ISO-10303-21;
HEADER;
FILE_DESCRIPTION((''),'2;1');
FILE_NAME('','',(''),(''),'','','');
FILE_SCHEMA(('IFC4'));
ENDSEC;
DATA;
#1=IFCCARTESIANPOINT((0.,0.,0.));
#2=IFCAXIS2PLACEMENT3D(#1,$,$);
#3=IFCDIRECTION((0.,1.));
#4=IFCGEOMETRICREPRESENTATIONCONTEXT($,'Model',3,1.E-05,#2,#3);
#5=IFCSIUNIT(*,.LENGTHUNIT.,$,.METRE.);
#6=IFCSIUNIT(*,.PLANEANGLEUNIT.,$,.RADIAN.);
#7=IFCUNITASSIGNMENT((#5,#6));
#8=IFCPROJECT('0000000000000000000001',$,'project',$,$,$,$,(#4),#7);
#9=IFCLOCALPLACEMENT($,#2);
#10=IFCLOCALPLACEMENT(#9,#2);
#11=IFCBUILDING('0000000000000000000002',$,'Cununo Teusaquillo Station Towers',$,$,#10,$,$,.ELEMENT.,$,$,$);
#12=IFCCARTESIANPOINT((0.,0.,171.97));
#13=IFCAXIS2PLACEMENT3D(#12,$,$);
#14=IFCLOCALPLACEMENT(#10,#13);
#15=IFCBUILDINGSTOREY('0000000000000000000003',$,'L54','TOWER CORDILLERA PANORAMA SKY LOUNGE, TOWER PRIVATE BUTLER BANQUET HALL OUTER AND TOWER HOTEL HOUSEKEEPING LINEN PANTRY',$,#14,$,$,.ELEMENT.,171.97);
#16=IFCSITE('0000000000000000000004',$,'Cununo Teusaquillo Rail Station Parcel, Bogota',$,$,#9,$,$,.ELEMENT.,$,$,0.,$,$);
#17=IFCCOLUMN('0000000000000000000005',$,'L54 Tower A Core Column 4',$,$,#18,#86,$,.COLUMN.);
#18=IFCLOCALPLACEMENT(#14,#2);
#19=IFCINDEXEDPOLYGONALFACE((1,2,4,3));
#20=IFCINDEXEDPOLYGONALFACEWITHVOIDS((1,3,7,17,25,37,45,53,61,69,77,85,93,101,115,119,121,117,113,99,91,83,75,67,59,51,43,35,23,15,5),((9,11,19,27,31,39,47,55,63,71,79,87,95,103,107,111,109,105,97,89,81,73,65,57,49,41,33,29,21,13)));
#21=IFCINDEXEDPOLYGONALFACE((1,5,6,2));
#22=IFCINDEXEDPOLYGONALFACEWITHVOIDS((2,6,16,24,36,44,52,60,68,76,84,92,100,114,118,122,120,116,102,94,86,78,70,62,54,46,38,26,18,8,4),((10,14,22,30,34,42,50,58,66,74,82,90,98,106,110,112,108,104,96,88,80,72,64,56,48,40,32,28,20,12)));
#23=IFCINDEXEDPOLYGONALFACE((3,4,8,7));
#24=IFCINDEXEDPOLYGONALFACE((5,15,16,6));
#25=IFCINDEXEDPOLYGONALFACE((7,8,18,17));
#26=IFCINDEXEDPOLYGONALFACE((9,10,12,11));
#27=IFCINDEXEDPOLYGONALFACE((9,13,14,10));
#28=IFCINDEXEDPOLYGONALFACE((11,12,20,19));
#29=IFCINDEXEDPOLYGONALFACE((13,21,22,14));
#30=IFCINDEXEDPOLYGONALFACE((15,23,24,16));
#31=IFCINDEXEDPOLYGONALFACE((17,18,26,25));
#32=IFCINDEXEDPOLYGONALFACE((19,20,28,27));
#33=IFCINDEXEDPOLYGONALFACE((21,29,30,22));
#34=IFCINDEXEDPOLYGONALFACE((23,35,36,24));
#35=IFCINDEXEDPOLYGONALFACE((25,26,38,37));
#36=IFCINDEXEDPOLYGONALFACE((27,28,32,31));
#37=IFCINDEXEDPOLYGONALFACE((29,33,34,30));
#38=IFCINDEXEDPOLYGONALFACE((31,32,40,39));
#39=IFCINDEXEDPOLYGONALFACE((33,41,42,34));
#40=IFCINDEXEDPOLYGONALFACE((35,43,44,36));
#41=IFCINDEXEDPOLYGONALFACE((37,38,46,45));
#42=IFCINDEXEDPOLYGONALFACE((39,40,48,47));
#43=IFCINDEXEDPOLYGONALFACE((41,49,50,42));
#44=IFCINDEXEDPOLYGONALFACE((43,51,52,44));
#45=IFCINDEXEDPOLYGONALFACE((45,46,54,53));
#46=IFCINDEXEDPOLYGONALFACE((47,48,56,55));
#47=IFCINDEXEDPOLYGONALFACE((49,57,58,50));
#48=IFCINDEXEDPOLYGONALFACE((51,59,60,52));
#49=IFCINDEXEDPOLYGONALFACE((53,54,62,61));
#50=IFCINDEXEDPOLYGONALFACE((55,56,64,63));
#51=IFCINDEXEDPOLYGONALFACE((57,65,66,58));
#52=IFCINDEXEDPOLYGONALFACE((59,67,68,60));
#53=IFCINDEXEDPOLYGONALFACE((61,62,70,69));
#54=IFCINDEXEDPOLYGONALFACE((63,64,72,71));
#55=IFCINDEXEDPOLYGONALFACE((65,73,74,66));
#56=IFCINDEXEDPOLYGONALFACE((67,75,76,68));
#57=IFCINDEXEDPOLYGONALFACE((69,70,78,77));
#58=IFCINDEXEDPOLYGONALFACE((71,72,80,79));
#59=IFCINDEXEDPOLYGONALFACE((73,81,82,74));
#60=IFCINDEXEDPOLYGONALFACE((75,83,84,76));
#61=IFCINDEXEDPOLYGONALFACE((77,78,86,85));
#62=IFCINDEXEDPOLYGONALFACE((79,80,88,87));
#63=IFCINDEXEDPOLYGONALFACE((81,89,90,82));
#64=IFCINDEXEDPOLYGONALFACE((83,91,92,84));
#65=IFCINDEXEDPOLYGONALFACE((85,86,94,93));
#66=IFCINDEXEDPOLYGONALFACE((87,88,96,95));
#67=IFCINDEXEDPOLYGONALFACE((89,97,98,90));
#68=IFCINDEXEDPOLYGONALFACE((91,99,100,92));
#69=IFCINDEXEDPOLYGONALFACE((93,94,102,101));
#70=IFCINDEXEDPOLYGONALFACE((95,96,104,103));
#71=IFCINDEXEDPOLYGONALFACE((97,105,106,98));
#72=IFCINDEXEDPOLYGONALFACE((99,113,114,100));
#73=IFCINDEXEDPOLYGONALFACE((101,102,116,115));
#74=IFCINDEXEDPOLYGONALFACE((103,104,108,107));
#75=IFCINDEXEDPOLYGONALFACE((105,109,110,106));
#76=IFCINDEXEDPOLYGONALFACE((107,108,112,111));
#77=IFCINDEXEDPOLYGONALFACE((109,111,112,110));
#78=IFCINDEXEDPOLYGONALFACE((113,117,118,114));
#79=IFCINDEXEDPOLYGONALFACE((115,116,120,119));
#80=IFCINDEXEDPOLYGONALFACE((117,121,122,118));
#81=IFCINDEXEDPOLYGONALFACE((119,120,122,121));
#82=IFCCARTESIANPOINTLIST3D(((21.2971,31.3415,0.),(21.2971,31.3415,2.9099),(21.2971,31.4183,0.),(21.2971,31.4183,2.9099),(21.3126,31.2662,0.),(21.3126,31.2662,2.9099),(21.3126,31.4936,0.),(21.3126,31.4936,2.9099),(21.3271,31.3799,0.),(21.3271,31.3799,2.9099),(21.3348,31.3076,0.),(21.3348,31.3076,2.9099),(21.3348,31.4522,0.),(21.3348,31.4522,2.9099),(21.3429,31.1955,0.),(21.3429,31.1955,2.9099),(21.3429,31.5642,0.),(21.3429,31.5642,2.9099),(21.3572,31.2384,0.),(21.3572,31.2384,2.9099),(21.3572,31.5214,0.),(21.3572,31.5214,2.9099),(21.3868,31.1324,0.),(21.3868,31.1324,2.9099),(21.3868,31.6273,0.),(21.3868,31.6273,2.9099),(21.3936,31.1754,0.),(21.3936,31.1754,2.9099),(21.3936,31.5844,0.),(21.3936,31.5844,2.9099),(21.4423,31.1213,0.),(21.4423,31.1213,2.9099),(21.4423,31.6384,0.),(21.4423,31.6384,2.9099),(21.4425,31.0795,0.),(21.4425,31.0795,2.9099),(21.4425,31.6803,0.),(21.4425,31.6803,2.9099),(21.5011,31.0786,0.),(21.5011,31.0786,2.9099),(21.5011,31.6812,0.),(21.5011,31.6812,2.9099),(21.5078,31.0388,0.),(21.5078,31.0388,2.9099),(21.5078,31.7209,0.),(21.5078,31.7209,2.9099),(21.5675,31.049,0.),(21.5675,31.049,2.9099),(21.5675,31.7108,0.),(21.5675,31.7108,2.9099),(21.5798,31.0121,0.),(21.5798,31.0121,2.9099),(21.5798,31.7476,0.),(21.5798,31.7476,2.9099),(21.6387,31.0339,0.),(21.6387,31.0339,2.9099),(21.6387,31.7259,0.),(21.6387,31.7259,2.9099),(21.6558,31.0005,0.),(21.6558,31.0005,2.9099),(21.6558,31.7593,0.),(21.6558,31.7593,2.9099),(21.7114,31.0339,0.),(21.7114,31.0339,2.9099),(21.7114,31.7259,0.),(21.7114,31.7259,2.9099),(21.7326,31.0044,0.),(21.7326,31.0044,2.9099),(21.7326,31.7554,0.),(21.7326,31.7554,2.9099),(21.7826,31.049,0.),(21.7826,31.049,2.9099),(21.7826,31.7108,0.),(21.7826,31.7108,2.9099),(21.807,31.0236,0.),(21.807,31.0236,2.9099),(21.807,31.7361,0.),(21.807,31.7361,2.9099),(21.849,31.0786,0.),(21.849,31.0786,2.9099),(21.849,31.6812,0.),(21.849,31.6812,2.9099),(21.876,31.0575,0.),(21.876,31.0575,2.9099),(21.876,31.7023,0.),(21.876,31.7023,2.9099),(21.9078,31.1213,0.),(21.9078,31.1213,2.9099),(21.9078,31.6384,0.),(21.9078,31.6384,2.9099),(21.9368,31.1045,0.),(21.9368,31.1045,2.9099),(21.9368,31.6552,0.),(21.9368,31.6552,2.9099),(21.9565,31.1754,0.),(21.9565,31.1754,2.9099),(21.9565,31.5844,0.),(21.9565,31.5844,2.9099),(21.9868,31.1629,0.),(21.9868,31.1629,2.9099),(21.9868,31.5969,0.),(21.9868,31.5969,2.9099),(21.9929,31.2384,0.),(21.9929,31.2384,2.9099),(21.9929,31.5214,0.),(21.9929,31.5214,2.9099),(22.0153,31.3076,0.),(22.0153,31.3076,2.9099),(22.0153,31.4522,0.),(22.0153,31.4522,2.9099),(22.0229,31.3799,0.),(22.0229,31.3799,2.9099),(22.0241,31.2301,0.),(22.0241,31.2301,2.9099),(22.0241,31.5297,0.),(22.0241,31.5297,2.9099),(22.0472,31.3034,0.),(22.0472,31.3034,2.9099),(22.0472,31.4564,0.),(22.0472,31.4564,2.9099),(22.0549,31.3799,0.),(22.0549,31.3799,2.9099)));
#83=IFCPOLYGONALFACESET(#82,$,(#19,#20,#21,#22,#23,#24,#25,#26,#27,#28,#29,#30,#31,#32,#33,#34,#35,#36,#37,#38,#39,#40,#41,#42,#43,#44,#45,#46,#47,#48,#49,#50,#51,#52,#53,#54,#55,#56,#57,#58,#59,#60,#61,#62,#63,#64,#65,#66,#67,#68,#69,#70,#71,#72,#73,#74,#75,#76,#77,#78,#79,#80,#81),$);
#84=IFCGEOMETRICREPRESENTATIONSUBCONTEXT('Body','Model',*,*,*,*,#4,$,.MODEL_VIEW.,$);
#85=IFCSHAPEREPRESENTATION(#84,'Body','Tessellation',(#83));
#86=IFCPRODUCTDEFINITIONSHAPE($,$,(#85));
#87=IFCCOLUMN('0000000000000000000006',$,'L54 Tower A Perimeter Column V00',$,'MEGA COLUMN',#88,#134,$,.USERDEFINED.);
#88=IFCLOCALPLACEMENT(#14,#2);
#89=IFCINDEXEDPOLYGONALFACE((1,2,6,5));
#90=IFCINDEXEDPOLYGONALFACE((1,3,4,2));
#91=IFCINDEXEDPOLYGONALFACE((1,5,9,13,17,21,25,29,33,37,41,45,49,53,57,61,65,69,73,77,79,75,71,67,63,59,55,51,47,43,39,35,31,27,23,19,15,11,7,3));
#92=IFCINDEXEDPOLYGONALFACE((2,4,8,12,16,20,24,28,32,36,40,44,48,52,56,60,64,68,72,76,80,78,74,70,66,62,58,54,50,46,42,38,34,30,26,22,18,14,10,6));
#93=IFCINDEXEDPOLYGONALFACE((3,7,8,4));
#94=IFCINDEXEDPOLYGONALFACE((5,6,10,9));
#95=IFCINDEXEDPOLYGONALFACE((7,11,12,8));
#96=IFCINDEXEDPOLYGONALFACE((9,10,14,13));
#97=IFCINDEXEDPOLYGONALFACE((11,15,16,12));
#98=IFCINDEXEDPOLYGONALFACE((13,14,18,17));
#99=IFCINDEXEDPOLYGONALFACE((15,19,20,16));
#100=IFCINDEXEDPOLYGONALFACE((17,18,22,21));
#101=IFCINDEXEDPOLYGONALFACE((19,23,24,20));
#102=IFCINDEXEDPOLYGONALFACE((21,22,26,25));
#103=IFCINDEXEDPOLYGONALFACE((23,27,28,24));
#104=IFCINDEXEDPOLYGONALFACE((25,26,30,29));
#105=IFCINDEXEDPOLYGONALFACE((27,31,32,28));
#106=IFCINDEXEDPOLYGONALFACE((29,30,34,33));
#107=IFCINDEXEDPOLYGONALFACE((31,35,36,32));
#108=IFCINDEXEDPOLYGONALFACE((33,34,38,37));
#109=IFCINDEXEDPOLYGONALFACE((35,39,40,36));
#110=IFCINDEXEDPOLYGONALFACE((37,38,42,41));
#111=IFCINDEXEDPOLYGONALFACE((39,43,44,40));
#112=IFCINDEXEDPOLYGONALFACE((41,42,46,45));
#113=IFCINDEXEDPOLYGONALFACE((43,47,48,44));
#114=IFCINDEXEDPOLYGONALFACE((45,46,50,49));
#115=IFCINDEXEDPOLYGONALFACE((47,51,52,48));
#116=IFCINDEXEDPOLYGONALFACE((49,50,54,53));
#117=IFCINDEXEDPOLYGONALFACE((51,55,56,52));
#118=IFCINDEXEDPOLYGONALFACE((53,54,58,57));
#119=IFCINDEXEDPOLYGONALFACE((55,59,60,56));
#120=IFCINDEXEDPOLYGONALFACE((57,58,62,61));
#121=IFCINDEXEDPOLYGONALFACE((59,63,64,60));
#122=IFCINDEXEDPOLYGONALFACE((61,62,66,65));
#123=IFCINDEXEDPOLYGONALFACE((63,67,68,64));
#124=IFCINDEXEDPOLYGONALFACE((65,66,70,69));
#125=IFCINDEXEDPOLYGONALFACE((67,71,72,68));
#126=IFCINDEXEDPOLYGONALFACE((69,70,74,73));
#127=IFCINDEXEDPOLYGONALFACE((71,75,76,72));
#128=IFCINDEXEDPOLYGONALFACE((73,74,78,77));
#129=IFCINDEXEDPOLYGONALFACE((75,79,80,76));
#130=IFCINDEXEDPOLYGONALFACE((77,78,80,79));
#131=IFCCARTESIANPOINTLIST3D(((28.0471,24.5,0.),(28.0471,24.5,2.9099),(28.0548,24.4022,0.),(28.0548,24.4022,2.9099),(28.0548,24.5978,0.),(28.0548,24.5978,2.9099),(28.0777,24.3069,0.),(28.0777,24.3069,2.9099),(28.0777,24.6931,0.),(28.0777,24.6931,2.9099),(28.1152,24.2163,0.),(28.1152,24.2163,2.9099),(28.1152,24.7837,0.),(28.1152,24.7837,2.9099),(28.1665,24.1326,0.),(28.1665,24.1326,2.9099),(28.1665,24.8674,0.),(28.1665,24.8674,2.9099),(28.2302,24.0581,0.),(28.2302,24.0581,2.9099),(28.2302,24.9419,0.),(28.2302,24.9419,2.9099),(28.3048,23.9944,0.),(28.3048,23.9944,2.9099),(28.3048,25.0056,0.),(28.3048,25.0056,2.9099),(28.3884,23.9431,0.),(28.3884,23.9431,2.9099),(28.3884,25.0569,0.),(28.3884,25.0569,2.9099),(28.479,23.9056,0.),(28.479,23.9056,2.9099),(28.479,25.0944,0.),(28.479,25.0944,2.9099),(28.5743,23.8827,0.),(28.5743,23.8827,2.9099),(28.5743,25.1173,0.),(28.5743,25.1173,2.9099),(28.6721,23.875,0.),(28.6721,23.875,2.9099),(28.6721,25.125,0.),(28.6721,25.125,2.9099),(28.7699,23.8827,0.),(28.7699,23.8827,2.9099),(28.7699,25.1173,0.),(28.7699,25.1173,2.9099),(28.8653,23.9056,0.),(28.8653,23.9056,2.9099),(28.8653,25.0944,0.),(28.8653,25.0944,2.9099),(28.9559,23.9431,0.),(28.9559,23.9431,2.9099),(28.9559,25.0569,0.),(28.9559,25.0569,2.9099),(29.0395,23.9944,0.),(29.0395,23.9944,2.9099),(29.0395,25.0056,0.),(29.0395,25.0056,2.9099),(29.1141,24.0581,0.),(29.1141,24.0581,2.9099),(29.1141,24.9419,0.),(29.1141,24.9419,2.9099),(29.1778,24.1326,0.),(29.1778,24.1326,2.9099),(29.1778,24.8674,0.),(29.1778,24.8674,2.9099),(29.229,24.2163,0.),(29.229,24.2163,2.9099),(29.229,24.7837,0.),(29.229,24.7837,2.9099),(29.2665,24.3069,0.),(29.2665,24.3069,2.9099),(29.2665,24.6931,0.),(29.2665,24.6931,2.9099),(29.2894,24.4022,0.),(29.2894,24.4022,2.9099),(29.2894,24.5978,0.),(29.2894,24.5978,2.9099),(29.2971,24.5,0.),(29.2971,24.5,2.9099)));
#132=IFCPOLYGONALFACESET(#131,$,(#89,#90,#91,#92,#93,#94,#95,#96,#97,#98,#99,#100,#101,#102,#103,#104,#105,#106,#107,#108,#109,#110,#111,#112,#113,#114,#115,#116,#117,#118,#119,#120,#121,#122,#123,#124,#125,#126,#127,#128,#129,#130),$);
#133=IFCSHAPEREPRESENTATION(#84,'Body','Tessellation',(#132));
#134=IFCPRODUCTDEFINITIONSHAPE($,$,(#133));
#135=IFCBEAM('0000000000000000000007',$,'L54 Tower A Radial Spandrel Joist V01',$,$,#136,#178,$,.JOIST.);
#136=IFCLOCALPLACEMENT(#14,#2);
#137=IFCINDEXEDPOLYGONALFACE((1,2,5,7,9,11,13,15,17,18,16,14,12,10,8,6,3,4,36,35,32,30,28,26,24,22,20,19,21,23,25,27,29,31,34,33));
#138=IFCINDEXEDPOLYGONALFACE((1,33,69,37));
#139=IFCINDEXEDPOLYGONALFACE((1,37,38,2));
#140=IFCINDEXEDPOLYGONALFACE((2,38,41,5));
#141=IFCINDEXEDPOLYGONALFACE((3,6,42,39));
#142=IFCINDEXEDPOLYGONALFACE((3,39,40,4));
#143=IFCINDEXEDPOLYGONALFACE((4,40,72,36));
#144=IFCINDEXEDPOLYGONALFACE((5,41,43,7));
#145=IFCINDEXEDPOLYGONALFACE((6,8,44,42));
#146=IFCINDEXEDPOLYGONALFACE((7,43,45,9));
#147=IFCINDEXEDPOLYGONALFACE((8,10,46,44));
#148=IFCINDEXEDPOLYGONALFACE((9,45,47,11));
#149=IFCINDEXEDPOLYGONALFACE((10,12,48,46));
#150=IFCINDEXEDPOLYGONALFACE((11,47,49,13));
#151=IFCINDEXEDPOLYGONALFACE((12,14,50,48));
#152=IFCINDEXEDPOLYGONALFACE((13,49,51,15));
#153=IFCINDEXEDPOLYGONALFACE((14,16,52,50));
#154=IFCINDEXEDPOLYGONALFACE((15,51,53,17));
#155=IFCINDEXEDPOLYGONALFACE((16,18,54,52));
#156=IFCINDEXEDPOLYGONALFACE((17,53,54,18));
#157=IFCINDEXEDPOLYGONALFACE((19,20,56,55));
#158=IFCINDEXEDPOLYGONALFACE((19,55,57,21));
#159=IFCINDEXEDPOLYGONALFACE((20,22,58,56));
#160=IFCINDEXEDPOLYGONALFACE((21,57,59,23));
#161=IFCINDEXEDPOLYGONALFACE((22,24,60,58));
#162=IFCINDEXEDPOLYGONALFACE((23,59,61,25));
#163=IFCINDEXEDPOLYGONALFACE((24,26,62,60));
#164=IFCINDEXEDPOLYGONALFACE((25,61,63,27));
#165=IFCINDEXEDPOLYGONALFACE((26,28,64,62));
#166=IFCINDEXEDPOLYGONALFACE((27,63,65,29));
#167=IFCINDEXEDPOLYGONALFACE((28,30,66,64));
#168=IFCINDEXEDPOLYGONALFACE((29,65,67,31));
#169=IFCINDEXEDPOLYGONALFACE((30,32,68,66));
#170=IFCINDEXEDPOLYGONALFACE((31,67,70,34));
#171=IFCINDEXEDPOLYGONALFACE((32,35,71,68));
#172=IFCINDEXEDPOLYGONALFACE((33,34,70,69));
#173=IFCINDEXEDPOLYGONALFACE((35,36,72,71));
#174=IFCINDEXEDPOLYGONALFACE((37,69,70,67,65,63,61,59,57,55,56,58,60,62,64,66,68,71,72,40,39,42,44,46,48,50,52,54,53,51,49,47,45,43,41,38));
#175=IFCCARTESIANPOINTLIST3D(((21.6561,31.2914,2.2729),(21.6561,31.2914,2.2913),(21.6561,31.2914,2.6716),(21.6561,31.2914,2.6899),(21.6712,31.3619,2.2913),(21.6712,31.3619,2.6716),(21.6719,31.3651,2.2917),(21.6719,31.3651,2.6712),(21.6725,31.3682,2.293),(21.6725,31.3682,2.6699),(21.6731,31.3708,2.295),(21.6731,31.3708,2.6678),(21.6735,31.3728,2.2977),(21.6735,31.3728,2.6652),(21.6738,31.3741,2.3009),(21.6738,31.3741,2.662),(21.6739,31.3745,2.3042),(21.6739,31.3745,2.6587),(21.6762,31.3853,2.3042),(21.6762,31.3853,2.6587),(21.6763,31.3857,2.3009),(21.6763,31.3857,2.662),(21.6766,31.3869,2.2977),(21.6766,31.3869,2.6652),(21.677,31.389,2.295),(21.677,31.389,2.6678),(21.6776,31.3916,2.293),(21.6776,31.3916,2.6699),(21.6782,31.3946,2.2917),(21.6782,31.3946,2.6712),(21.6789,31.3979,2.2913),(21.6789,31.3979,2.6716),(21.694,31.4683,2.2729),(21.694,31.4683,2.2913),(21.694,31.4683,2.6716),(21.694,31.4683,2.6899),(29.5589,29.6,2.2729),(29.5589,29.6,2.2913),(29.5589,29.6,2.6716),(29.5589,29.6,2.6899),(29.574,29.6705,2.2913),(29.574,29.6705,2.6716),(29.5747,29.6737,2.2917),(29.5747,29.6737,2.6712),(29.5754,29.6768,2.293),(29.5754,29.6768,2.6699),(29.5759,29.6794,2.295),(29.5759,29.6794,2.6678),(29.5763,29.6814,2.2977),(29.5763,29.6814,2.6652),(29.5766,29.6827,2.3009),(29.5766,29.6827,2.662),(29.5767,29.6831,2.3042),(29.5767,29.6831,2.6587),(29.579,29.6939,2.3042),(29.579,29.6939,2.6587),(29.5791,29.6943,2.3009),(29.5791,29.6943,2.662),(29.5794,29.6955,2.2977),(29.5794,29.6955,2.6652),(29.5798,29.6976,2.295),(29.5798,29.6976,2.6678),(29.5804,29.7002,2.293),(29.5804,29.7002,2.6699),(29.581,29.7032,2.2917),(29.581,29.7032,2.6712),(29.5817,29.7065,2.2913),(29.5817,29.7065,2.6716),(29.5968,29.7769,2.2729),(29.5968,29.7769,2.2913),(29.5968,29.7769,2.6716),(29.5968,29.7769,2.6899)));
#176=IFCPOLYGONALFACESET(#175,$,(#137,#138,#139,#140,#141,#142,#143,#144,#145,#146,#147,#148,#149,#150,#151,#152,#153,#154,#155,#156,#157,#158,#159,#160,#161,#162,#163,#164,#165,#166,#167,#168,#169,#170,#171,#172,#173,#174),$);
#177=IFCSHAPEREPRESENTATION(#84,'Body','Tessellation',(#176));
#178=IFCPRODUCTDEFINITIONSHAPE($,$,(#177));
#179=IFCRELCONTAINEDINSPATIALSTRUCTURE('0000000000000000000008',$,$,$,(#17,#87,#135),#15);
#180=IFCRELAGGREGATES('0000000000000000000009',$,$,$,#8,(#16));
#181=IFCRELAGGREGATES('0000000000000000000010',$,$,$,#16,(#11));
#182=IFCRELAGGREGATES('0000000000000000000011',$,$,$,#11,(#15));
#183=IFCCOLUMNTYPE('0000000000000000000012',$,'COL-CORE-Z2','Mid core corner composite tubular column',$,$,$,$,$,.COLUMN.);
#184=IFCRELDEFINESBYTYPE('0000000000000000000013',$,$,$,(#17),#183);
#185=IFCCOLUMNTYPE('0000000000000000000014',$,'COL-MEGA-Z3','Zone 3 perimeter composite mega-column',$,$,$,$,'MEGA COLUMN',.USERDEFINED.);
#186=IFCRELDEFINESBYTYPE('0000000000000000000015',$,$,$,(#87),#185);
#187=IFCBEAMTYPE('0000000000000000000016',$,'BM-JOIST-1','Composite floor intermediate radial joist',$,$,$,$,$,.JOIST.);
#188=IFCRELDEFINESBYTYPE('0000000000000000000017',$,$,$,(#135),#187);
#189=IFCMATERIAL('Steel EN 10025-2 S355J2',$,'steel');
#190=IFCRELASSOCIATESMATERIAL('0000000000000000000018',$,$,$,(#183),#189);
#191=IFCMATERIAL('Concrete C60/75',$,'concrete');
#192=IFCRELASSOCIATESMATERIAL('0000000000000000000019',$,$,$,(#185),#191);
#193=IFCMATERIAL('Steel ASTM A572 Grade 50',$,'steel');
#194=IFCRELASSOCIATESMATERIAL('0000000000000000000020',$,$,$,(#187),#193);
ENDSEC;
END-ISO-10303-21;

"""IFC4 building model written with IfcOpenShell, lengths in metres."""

from ifc_helpers import new_model, si_unit, direction, frame, origin, origin_2d, place, context, subcontext, project, spatial, circle, hollow_circle, i_section, extrude, material, material_profile, profile_set, type_object, element, save


model = new_model("IFC4")

# Units and contexts
model_context = context("Model", 3, precision=1e-05, world=origin(), true_north=direction((0.0, 1.0)))
body_context = subcontext(model_context, "Body", "Model", "MODEL_VIEW")
ifc_project = project(units=[si_unit("LENGTHUNIT", "METRE"), si_unit("PLANEANGLEUNIT", "RADIAN")], contexts=[model_context])

# Site, building, storey
site_placement = place(None, origin())
site = spatial("IfcSite", under=ifc_project, at=site_placement, Name="Cununo Teusaquillo Rail Station Parcel, Bogota", CompositionType="ELEMENT", RefElevation=0.0)
building_placement = place(site_placement, origin())
building = spatial("IfcBuilding", under=site, at=building_placement, Name="Cununo Teusaquillo Station Towers", CompositionType="ELEMENT")
storey_placement = place(building_placement, frame((0.0, 0.0, 171.97)))
storey = spatial("IfcBuildingStorey", under=building, at=storey_placement, Name="L54", Description="TOWER CORDILLERA PANORAMA SKY LOUNGE, TOWER PRIVATE BUTLER BANQUET HALL OUTER AND TOWER HOTEL HOUSEKEEPING LINEN PANTRY", CompositionType="ELEMENT", Elevation=171.97)

# Columns
ifc_material_1 = material(Name="Steel EN 10025-2 S355J2", Category="steel")
ifc_material_profile_1 = material_profile(ifc_material_1, hollow_circle(Radius=0.3799, WallThickness=0.032, at=origin_2d()), Name="CHS 760x32")
ifc_profile_set_1 = profile_set([ifc_material_profile_1], Name="Steel EN 10025-2 S355J2")
column_type_1 = type_object("IfcColumnType", Name="COL-CORE-Z2", Description="Mid core corner composite tubular column", PredefinedType="COLUMN", material=ifc_profile_set_1)
column_1_placement = place(storey_placement, frame((21.675, 31.3799, 0.0), z_axis=(0.0, 0.0, 1.0), x_axis=(1.0, 0.0, 0.0)))
element("IfcColumn", 1, at=column_1_placement, inside=storey, type_object=column_type_1, Name="L54 Tower A Core Column 4", PredefinedType="COLUMN", context=body_context, shape_type="SweptSolid", body=[
    extrude(hollow_circle(Radius=0.3799, WallThickness=0.032, at=origin_2d()), origin(), (0.0, 0.0, 1.0), 2.9099),
])
ifc_material_2 = material(Name="Concrete C60/75", Category="concrete")
ifc_material_profile_2 = material_profile(ifc_material_2, circle(Radius=0.625, at=origin_2d()), Name="RC-CIRC-1250")
ifc_profile_set_2 = profile_set([ifc_material_profile_2], Name="Concrete C60/75")
column_type_2 = type_object("IfcColumnType", Name="COL-MEGA-Z3", Description="Zone 3 perimeter composite mega-column", ElementType="MEGA COLUMN", PredefinedType="USERDEFINED", material=ifc_profile_set_2)
column_2_placement = place(storey_placement, frame((28.6721, 24.5, 0.0), z_axis=(0.0, 0.0, 1.0), x_axis=(1.0, 0.0, 0.0)))
element("IfcColumn", 2, at=column_2_placement, inside=storey, type_object=column_type_2, Name="L54 Tower A Perimeter Column V00", ObjectType="MEGA COLUMN", PredefinedType="USERDEFINED", context=body_context, shape_type="SweptSolid", body=[
    extrude(circle(Radius=0.625, at=origin_2d()), origin(), (0.0, 0.0, 1.0), 2.9099),
])

# Beam
ifc_material_3 = material(Name="Steel ASTM A572 Grade 50", Category="steel")
ifc_material_profile_3 = material_profile(ifc_material_3, i_section(OverallWidth=0.1809, OverallDepth=0.417, WebThickness=0.011, FlangeThickness=0.0183, FilletRadius=0.0129, at=origin_2d()), Name="W16X57")
ifc_profile_set_3 = profile_set([ifc_material_profile_3], Name="Steel ASTM A572 Grade 50")
beam_type_1 = type_object("IfcBeamType", Name="BM-JOIST-1", Description="Composite floor intermediate radial joist", PredefinedType="JOIST", material=ifc_profile_set_3)
beam_1_placement = place(storey_placement, frame((21.675, 31.3799, 2.4814), z_axis=(0.977855, -0.209286, 0.0), x_axis=(0.209286, 0.977855, 0.0)))
element("IfcBeam", 3, at=beam_1_placement, inside=storey, type_object=beam_type_1, Name="L54 Tower A Radial Spandrel Joist V01", PredefinedType="JOIST", context=body_context, shape_type="SweptSolid", body=[
    extrude(i_section(OverallWidth=0.1809, OverallDepth=0.417, WebThickness=0.011, FlangeThickness=0.0183, FilletRadius=0.0129, at=origin_2d()), origin(), (0.0, 0.0, 1.0), 8.0818),
])

save(model, "model.ifc")
